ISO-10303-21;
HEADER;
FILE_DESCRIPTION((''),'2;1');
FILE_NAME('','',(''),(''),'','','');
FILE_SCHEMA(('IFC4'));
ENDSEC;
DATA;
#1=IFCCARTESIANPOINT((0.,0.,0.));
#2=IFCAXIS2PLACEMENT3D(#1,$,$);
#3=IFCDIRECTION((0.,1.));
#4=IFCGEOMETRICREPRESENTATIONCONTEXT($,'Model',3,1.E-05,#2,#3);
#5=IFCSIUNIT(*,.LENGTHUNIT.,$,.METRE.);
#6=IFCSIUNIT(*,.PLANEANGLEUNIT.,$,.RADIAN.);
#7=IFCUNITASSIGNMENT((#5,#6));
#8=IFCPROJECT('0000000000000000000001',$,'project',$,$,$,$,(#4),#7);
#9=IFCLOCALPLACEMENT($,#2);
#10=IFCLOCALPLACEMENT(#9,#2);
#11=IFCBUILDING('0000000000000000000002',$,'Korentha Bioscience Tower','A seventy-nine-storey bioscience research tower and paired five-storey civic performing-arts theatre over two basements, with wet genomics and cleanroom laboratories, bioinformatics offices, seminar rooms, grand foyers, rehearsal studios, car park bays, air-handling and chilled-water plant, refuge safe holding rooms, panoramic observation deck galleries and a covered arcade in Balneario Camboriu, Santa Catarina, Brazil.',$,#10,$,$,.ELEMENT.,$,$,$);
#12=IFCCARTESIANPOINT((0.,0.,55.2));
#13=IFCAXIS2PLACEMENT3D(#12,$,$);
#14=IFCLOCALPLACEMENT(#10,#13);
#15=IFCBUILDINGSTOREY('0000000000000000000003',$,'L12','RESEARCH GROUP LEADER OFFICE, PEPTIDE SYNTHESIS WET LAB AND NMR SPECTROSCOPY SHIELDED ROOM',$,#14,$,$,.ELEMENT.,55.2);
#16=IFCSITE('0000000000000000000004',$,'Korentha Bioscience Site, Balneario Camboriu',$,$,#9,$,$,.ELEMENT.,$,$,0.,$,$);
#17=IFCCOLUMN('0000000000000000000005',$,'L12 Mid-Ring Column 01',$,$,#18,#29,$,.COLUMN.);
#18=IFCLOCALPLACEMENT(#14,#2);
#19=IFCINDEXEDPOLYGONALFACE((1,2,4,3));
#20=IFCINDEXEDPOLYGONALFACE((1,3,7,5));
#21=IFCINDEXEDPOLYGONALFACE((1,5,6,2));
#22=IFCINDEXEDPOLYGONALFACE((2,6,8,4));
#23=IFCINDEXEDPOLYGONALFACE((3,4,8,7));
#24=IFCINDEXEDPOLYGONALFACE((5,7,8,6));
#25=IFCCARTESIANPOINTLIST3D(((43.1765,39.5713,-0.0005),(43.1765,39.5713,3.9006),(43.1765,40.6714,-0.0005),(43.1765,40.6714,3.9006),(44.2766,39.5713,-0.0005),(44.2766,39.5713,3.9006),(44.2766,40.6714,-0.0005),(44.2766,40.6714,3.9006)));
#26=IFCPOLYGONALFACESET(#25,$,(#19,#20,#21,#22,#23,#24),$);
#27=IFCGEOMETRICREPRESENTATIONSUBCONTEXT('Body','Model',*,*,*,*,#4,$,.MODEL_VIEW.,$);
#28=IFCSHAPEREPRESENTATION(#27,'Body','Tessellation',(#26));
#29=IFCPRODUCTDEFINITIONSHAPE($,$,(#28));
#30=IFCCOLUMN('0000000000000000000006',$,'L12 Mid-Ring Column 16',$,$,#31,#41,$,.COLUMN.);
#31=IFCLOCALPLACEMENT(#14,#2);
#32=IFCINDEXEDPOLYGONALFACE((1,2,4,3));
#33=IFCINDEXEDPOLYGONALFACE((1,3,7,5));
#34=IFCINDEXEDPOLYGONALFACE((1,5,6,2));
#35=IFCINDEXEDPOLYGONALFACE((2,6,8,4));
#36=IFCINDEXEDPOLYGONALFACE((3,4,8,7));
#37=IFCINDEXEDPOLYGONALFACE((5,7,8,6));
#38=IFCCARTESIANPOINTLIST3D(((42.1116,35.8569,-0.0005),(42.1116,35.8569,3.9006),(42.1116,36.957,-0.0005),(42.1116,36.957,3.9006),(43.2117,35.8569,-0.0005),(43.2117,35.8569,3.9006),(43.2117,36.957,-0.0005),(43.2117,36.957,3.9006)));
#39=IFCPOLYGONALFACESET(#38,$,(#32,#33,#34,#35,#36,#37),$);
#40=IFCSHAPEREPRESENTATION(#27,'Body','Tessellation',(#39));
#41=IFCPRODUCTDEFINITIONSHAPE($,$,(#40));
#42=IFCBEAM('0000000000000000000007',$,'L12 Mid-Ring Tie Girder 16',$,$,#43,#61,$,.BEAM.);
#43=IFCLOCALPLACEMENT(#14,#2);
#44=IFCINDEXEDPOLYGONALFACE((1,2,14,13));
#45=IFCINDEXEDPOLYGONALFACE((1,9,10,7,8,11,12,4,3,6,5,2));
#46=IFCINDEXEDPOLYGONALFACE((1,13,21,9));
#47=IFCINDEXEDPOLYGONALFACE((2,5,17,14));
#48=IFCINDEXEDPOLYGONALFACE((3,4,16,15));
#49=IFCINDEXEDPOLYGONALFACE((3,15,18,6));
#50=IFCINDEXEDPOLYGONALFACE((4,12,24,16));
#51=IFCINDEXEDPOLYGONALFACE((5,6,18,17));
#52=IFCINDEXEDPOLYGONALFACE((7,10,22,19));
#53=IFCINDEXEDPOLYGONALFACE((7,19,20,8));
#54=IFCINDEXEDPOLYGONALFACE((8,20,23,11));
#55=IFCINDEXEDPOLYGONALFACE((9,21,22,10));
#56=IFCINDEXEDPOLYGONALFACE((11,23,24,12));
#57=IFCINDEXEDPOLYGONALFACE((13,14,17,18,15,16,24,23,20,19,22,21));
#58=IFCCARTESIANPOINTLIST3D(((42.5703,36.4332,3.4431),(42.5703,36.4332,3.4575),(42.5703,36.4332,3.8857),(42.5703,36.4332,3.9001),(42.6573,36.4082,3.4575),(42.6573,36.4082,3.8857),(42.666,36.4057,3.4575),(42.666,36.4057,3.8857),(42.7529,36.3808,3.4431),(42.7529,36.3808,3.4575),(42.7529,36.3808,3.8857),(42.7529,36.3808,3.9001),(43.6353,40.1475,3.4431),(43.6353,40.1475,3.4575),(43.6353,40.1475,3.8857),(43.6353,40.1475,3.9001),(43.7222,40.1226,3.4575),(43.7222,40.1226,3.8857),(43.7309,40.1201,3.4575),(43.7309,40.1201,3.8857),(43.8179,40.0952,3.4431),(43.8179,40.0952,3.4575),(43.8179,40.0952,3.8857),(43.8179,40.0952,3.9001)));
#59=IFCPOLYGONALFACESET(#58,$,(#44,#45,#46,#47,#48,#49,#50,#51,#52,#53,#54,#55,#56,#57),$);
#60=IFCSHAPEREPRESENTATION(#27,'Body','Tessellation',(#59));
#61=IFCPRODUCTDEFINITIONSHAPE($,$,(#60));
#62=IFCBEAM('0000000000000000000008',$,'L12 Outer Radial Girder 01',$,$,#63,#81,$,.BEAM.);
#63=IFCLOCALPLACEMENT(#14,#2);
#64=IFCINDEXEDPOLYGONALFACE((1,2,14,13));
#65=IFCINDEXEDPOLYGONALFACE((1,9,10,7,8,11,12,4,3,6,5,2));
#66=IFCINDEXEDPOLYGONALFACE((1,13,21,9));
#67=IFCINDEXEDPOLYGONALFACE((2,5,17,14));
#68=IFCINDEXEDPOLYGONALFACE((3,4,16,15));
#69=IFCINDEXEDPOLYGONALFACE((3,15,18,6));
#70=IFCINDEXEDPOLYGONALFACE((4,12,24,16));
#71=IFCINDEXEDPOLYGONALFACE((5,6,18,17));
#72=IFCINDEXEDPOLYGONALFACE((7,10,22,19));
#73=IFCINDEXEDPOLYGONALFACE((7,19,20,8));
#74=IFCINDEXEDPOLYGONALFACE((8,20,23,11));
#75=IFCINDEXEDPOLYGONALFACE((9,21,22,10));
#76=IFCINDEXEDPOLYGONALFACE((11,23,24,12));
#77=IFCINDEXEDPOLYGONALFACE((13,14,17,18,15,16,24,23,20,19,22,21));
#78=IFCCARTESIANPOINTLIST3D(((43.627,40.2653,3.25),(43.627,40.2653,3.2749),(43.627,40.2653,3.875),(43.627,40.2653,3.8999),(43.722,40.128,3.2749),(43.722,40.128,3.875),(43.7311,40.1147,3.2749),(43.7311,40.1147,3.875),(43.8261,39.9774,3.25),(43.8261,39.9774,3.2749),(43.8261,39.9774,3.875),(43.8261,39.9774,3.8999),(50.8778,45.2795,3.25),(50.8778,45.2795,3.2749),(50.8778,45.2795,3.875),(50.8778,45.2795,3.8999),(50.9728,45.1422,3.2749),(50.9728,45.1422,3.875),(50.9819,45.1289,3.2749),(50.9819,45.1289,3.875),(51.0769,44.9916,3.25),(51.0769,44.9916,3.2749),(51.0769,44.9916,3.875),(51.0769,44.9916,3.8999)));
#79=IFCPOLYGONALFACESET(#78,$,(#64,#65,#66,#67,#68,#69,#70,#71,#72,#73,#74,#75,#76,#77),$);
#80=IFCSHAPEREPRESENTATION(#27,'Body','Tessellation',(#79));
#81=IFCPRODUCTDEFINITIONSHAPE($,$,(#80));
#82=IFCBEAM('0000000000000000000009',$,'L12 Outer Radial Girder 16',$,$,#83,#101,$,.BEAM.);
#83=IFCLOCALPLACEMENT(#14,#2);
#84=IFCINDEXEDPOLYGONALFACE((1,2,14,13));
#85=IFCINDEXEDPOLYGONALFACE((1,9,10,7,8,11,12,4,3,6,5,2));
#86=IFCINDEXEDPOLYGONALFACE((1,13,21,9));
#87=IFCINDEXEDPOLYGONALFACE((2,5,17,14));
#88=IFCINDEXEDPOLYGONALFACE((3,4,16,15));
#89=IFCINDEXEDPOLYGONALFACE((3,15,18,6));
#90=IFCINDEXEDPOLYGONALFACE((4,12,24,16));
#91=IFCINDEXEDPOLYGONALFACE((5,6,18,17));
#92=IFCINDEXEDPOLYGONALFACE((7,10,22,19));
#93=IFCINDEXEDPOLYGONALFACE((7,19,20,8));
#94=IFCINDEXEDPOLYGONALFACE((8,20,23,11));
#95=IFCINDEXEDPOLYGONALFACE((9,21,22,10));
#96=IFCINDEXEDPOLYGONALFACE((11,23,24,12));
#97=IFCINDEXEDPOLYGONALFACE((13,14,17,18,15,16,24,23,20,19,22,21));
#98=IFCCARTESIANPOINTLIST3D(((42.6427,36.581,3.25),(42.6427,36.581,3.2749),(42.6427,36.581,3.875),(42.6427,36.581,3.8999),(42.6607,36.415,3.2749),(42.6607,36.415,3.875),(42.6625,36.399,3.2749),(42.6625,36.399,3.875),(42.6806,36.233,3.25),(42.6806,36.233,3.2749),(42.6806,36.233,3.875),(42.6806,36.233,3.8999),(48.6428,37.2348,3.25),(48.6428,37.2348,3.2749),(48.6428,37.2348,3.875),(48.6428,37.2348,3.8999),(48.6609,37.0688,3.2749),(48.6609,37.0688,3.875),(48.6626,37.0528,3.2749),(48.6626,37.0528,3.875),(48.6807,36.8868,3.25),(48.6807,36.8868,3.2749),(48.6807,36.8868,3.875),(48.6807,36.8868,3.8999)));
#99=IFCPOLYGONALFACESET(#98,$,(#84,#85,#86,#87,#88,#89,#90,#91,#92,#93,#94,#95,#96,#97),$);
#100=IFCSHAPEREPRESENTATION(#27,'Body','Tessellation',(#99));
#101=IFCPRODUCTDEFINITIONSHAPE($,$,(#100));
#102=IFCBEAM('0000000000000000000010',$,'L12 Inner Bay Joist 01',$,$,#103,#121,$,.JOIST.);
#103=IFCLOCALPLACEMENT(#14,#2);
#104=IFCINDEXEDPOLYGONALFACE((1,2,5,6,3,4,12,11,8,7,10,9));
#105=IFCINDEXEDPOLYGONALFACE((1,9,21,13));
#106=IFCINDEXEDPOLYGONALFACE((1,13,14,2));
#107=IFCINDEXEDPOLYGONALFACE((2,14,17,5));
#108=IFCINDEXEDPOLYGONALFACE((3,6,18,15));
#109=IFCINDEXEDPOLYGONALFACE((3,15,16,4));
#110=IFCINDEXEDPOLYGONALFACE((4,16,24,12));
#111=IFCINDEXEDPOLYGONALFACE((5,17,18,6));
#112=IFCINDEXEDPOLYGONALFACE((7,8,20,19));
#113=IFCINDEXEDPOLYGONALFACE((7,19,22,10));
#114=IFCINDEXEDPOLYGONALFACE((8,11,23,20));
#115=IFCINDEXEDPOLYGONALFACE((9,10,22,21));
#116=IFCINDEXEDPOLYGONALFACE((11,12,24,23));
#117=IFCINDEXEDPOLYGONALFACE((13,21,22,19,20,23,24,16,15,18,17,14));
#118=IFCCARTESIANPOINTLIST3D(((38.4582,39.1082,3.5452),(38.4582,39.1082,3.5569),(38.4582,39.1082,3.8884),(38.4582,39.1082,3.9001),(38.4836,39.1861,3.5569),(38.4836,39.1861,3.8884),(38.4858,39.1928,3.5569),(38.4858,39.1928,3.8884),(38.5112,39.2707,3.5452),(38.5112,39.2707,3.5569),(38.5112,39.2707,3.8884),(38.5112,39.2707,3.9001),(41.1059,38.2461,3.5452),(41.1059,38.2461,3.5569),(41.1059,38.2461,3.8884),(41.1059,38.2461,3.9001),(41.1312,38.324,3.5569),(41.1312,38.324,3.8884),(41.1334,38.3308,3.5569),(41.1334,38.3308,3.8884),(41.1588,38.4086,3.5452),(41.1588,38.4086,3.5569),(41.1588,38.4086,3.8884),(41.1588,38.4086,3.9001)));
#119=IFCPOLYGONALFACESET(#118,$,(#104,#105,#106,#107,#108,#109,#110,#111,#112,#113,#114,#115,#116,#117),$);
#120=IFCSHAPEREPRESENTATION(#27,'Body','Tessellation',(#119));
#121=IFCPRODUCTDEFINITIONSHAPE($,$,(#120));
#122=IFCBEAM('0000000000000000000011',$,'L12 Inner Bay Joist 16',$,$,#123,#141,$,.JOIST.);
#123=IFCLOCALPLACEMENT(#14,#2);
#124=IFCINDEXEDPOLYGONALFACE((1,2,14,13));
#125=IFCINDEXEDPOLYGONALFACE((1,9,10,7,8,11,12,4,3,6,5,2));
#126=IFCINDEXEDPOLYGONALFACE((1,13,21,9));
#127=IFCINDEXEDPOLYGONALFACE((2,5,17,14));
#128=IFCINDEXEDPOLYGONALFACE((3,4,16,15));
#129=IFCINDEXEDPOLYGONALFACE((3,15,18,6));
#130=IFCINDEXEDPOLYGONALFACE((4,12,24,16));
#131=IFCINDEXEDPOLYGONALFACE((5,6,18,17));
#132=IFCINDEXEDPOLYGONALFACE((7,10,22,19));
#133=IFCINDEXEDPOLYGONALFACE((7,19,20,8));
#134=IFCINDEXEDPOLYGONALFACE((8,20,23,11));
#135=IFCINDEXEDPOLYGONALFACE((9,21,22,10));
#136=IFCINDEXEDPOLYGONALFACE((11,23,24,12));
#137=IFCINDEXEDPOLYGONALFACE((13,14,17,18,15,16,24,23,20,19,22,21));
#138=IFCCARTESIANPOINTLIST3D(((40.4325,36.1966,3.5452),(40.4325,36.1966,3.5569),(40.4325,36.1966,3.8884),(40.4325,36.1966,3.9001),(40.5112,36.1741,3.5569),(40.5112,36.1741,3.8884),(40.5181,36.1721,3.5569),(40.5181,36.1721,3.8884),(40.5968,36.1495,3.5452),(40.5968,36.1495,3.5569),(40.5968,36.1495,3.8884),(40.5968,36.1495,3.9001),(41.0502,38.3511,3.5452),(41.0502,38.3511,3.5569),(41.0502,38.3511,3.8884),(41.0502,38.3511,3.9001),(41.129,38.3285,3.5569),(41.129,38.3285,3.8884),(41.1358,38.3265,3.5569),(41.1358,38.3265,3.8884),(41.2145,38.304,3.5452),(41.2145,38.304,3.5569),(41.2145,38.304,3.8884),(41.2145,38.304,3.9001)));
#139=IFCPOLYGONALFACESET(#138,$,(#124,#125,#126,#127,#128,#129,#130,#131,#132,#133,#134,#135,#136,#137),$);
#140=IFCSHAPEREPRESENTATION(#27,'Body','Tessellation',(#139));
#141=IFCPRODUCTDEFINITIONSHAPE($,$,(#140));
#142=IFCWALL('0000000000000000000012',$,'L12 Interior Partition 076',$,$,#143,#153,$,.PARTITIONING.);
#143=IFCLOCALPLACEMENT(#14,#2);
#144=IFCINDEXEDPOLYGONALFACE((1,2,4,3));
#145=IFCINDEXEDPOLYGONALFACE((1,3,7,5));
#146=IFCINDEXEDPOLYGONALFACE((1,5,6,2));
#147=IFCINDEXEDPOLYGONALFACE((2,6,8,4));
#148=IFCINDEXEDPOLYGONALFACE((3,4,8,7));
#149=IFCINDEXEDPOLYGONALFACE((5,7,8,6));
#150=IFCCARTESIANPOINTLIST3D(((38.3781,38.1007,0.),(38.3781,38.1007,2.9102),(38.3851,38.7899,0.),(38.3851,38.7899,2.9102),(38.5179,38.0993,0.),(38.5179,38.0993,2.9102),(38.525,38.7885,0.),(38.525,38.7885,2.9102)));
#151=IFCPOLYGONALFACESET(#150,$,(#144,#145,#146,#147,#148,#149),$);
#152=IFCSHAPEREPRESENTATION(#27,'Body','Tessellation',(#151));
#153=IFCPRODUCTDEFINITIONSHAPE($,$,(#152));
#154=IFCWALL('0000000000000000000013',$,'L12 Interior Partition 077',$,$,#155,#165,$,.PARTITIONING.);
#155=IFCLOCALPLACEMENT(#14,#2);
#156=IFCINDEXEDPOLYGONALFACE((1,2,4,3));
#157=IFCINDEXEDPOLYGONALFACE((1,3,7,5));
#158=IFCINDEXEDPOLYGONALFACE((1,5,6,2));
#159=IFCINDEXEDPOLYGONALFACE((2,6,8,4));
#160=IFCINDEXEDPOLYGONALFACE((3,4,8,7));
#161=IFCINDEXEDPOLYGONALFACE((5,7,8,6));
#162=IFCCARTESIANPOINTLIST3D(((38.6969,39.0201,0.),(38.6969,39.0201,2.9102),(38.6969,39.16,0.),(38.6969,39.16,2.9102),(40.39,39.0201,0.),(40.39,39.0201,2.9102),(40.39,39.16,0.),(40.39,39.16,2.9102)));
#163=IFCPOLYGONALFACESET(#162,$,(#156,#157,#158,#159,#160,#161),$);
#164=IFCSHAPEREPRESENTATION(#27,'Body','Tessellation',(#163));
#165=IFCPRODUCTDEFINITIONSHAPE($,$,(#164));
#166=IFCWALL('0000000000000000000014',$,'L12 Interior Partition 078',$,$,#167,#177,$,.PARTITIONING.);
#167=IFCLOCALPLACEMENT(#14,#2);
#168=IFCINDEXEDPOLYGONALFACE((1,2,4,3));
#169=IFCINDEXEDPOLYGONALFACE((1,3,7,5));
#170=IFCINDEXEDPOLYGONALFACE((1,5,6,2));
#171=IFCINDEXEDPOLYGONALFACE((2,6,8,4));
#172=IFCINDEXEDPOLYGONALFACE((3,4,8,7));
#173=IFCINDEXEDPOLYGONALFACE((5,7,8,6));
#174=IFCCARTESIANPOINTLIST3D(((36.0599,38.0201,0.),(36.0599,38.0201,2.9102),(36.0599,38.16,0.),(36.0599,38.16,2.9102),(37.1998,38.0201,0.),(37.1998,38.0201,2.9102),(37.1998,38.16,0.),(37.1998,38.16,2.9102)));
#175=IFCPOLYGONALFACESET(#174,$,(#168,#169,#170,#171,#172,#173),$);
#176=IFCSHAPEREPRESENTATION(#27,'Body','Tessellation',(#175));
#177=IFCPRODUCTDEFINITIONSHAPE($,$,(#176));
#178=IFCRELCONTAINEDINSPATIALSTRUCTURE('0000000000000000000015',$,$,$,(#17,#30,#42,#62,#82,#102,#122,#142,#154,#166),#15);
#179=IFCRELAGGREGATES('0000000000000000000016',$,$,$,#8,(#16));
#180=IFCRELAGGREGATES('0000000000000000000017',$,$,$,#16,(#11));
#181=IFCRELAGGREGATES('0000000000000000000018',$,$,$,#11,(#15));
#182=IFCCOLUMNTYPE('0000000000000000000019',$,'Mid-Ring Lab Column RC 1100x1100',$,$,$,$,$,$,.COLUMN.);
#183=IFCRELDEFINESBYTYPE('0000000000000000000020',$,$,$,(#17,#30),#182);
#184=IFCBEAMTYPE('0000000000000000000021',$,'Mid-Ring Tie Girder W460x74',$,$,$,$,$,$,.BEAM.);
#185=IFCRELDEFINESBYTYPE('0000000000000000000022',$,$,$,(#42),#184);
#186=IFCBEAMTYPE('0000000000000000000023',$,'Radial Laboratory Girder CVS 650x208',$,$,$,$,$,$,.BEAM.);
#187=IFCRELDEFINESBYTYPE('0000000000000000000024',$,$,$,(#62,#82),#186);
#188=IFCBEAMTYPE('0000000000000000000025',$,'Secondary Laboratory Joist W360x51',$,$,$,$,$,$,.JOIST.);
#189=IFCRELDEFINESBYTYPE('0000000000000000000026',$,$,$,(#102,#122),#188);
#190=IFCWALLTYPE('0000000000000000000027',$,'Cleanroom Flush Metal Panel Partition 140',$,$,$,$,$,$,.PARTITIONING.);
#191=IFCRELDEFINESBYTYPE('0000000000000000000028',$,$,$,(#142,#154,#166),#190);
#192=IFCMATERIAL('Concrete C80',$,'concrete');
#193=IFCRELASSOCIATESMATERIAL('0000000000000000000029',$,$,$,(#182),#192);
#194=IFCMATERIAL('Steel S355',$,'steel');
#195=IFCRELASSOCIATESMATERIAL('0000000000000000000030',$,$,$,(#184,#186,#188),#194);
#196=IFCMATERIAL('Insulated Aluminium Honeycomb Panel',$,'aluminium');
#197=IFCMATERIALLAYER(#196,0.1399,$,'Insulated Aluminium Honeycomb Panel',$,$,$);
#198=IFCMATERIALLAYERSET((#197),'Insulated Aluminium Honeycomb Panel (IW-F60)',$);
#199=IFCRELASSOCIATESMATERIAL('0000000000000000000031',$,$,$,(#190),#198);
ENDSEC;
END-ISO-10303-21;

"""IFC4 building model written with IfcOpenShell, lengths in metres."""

from ifc_helpers import new_model, si_unit, direction, frame, frame_2d, origin, origin_2d, place, context, subcontext, project, spatial, rectangle, i_section, extrude, material, layer, layer_set, material_profile, profile_set, type_object, element, save


model = new_model("IFC4")

# Units and contexts
model_context = context("Model", 3, precision=1e-05, world=origin(), true_north=direction((0.0, 1.0)))
body_context = subcontext(model_context, "Body", "Model", "MODEL_VIEW")
ifc_project = project(units=[si_unit("LENGTHUNIT", "METRE"), si_unit("PLANEANGLEUNIT", "RADIAN")], contexts=[model_context])

# Site, building, storey
site_placement = place(None, origin())
site = spatial("IfcSite", under=ifc_project, at=site_placement, Name="Korentha Bioscience Site, Balneario Camboriu", CompositionType="ELEMENT", RefElevation=0.0)
building_placement = place(site_placement, origin())
building = spatial("IfcBuilding", under=site, at=building_placement, Name="Korentha Bioscience Tower", Description="A seventy-nine-storey bioscience research tower and paired five-storey civic performing-arts theatre over two basements, with wet genomics and cleanroom laboratories, bioinformatics offices, seminar rooms, grand foyers, rehearsal studios, car park bays, air-handling and chilled-water plant, refuge safe holding rooms, panoramic observation deck galleries and a covered arcade in Balneario Camboriu, Santa Catarina, Brazil.", CompositionType="ELEMENT")
storey_placement = place(building_placement, frame((0.0, 0.0, 55.2)))
storey = spatial("IfcBuildingStorey", under=building, at=storey_placement, Name="L12", Description="RESEARCH GROUP LEADER OFFICE, PEPTIDE SYNTHESIS WET LAB AND NMR SPECTROSCOPY SHIELDED ROOM", CompositionType="ELEMENT", Elevation=55.2)

# Columns
ifc_material_1 = material(Name="Concrete C80", Category="concrete")
ifc_material_profile_1 = material_profile(ifc_material_1, rectangle(XDim=1.1001, YDim=1.1001, at=origin_2d()), Name="Concrete C80")
ifc_profile_set_1 = profile_set([ifc_material_profile_1], Name="Concrete C80 (COL-MR11)")
column_type = type_object("IfcColumnType", Name="Mid-Ring Lab Column RC 1100x1100", PredefinedType="COLUMN", material=ifc_profile_set_1)
for number, where, z_axis, x_axis, name in (
    (1, (43.7266, 40.1213, -0.0005), (0.0, 0.0, 1.0), (1.0, 0.0, 0.0), "L12 Mid-Ring Column 01"),
    (2, (42.6616, 36.407, -0.0005), (0.0, 0.0, 1.0), (1.0, 0.0, 0.0), "L12 Mid-Ring Column 16"),
):
    element("IfcColumn", number, at=place(storey_placement, frame(where, z_axis=z_axis, x_axis=x_axis)), inside=storey, type_object=column_type, Name=name, PredefinedType="COLUMN", context=body_context, shape_type="SweptSolid", body=[
        extrude(rectangle(XDim=1.1001, YDim=1.1001, at=origin_2d()), origin(), (0.0, 0.0, 1.0), 3.9011),
    ])

# Beams
ifc_material_2 = material(Name="Steel S355", Category="steel")
ifc_material_profile_2 = material_profile(ifc_material_2, i_section(OverallWidth=0.1899, OverallDepth=0.457, WebThickness=0.009, FlangeThickness=0.0144, at=origin_2d()), Name="Steel S355")
ifc_profile_set_2 = profile_set([ifc_material_profile_2], Name="Steel S355 (MB-460)")
beam_type_1 = type_object("IfcBeamType", Name="Mid-Ring Tie Girder W460x74", PredefinedType="BEAM", material=ifc_profile_set_2)
beam_1_placement = place(storey_placement, frame((42.6616, 36.407, 3.6716), z_axis=(0.275606, 0.961271, 0.0), x_axis=(-0.961271, 0.275606, 0.0)))
element("IfcBeam", 3, at=beam_1_placement, inside=storey, type_object=beam_type_1, Name="L12 Mid-Ring Tie Girder 16", PredefinedType="BEAM", context=body_context, shape_type="SweptSolid", body=[
    extrude(i_section(OverallWidth=0.1899, OverallDepth=0.457, WebThickness=0.009, FlangeThickness=0.0144, at=origin_2d()), origin(), (0.0, 0.0, 1.0), 3.864),
])
ifc_material_profile_3 = material_profile(ifc_material_2, i_section(OverallWidth=0.3501, OverallDepth=0.6499, WebThickness=0.0161, FlangeThickness=0.0249, at=origin_2d()), Name="Steel S355")
ifc_profile_set_3 = profile_set([ifc_material_profile_3], Name="Steel S355 (RB-650)")
beam_type_2 = type_object("IfcBeamType", Name="Radial Laboratory Girder CVS 650x208", PredefinedType="BEAM", material=ifc_profile_set_3)
beam_2_placement = place(storey_placement, frame((43.7266, 40.1213, 3.575), z_axis=(0.822488, 0.568782, 0.0), x_axis=(-0.568782, 0.822488, 0.0)))
element("IfcBeam", 4, at=beam_2_placement, inside=storey, type_object=beam_type_2, Name="L12 Outer Radial Girder 01", PredefinedType="BEAM", context=body_context, shape_type="SweptSolid", body=[
    extrude(i_section(OverallWidth=0.3501, OverallDepth=0.6499, WebThickness=0.0161, FlangeThickness=0.0249, at=origin_2d()), origin(), (0.0, 0.0, 1.0), 8.8157),
])
beam_3_placement = place(storey_placement, frame((42.6616, 36.407, 3.575), z_axis=(0.994116, 0.108323, 0.0), x_axis=(-0.108323, 0.994116, 0.0)))
element("IfcBeam", 5, at=beam_3_placement, inside=storey, type_object=beam_type_2, Name="L12 Outer Radial Girder 16", PredefinedType="BEAM", context=body_context, shape_type="SweptSolid", body=[
    extrude(i_section(OverallWidth=0.3501, OverallDepth=0.6499, WebThickness=0.0161, FlangeThickness=0.0249, at=origin_2d()), origin(), (0.0, 0.0, 1.0), 6.0356),
])
ifc_material_profile_4 = material_profile(ifc_material_2, i_section(OverallWidth=0.1709, OverallDepth=0.355, WebThickness=0.0071, FlangeThickness=0.0117, at=origin_2d()), Name="Steel S355")
ifc_profile_set_4 = profile_set([ifc_material_profile_4], Name="Steel S355 (JB-360)")
beam_type_3 = type_object("IfcBeamType", Name="Secondary Laboratory Joist W360x51", PredefinedType="JOIST", material=ifc_profile_set_4)
beam_4_placement = place(storey_placement, frame((41.1323, 38.3274, 3.7227), z_axis=(-0.95087, 0.309592, 0.0), x_axis=(-0.309592, -0.95087, 0.0)))
element("IfcBeam", 6, at=beam_4_placement, inside=storey, type_object=beam_type_3, Name="L12 Inner Bay Joist 01", PredefinedType="JOIST", context=body_context, shape_type="SweptSolid", body=[
    extrude(i_section(OverallWidth=0.1709, OverallDepth=0.355, WebThickness=0.0071, FlangeThickness=0.0117, at=origin_2d()), origin(), (0.0, 0.0, 1.0), 2.7844),
])
beam_5_placement = place(storey_placement, frame((40.5146, 36.1731, 3.7227), z_axis=(0.275613, 0.961269, 0.0), x_axis=(-0.961269, 0.275613, 0.0)))
element("IfcBeam", 7, at=beam_5_placement, inside=storey, type_object=beam_type_3, Name="L12 Inner Bay Joist 16", PredefinedType="JOIST", context=body_context, shape_type="SweptSolid", body=[
    extrude(i_section(OverallWidth=0.1709, OverallDepth=0.355, WebThickness=0.0071, FlangeThickness=0.0117, at=origin_2d()), origin(), (0.0, 0.0, 1.0), 2.2412),
])

# Shared definitions
ifc_material_3 = material(Name="Insulated Aluminium Honeycomb Panel", Category="aluminium")
ifc_layer_1 = layer(ifc_material_3, 0.1399, Name="Insulated Aluminium Honeycomb Panel")
ifc_layer_set_1 = layer_set([ifc_layer_1], Name="Insulated Aluminium Honeycomb Panel (IW-F60)")
wall_type_1 = type_object("IfcWallType", Name="Cleanroom Flush Metal Panel Partition 140", PredefinedType="PARTITIONING", material=ifc_layer_set_1)

# Walls
wall_1_placement = place(storey_placement, frame((38.4551, 38.7893, 0.0), z_axis=(0.0, 0.0, 1.0), x_axis=(-0.010272, -0.999947, 0.0)))
element("IfcWall", 8, at=wall_1_placement, inside=storey, type_object=wall_type_1, Name="L12 Interior Partition 076", PredefinedType="PARTITIONING", context=body_context, shape_type="SweptSolid", body=[
    extrude(rectangle(XDim=0.6892, YDim=0.1399, at=frame_2d((0.3447, 0.0))), origin(), (0.0, 0.0, 1.0), 2.9102),
])
wall_2_placement = place(storey_placement, frame((38.6968, 39.0901, 0.0), z_axis=(0.0, 0.0, 1.0), x_axis=(1.0, 0.0, 0.0)))
element("IfcWall", 9, at=wall_2_placement, inside=storey, type_object=wall_type_1, Name="L12 Interior Partition 077", PredefinedType="PARTITIONING", context=body_context, shape_type="SweptSolid", body=[
    extrude(rectangle(XDim=1.6931, YDim=0.1399, at=frame_2d((0.8467, 0.0))), origin(), (0.0, 0.0, 1.0), 2.9102),
])
wall_3_placement = place(storey_placement, frame((36.0601, 38.0901, 0.0), z_axis=(0.0, 0.0, 1.0), x_axis=(1.0, 0.0, 0.0)))
element("IfcWall", 10, at=wall_3_placement, inside=storey, type_object=wall_type_1, Name="L12 Interior Partition 078", PredefinedType="PARTITIONING", context=body_context, shape_type="SweptSolid", body=[
    extrude(rectangle(XDim=1.1399, YDim=0.1399, at=frame_2d((0.5698, 0.0))), origin(), (0.0, 0.0, 1.0), 2.9102),
])

save(model, "model.ifc")
